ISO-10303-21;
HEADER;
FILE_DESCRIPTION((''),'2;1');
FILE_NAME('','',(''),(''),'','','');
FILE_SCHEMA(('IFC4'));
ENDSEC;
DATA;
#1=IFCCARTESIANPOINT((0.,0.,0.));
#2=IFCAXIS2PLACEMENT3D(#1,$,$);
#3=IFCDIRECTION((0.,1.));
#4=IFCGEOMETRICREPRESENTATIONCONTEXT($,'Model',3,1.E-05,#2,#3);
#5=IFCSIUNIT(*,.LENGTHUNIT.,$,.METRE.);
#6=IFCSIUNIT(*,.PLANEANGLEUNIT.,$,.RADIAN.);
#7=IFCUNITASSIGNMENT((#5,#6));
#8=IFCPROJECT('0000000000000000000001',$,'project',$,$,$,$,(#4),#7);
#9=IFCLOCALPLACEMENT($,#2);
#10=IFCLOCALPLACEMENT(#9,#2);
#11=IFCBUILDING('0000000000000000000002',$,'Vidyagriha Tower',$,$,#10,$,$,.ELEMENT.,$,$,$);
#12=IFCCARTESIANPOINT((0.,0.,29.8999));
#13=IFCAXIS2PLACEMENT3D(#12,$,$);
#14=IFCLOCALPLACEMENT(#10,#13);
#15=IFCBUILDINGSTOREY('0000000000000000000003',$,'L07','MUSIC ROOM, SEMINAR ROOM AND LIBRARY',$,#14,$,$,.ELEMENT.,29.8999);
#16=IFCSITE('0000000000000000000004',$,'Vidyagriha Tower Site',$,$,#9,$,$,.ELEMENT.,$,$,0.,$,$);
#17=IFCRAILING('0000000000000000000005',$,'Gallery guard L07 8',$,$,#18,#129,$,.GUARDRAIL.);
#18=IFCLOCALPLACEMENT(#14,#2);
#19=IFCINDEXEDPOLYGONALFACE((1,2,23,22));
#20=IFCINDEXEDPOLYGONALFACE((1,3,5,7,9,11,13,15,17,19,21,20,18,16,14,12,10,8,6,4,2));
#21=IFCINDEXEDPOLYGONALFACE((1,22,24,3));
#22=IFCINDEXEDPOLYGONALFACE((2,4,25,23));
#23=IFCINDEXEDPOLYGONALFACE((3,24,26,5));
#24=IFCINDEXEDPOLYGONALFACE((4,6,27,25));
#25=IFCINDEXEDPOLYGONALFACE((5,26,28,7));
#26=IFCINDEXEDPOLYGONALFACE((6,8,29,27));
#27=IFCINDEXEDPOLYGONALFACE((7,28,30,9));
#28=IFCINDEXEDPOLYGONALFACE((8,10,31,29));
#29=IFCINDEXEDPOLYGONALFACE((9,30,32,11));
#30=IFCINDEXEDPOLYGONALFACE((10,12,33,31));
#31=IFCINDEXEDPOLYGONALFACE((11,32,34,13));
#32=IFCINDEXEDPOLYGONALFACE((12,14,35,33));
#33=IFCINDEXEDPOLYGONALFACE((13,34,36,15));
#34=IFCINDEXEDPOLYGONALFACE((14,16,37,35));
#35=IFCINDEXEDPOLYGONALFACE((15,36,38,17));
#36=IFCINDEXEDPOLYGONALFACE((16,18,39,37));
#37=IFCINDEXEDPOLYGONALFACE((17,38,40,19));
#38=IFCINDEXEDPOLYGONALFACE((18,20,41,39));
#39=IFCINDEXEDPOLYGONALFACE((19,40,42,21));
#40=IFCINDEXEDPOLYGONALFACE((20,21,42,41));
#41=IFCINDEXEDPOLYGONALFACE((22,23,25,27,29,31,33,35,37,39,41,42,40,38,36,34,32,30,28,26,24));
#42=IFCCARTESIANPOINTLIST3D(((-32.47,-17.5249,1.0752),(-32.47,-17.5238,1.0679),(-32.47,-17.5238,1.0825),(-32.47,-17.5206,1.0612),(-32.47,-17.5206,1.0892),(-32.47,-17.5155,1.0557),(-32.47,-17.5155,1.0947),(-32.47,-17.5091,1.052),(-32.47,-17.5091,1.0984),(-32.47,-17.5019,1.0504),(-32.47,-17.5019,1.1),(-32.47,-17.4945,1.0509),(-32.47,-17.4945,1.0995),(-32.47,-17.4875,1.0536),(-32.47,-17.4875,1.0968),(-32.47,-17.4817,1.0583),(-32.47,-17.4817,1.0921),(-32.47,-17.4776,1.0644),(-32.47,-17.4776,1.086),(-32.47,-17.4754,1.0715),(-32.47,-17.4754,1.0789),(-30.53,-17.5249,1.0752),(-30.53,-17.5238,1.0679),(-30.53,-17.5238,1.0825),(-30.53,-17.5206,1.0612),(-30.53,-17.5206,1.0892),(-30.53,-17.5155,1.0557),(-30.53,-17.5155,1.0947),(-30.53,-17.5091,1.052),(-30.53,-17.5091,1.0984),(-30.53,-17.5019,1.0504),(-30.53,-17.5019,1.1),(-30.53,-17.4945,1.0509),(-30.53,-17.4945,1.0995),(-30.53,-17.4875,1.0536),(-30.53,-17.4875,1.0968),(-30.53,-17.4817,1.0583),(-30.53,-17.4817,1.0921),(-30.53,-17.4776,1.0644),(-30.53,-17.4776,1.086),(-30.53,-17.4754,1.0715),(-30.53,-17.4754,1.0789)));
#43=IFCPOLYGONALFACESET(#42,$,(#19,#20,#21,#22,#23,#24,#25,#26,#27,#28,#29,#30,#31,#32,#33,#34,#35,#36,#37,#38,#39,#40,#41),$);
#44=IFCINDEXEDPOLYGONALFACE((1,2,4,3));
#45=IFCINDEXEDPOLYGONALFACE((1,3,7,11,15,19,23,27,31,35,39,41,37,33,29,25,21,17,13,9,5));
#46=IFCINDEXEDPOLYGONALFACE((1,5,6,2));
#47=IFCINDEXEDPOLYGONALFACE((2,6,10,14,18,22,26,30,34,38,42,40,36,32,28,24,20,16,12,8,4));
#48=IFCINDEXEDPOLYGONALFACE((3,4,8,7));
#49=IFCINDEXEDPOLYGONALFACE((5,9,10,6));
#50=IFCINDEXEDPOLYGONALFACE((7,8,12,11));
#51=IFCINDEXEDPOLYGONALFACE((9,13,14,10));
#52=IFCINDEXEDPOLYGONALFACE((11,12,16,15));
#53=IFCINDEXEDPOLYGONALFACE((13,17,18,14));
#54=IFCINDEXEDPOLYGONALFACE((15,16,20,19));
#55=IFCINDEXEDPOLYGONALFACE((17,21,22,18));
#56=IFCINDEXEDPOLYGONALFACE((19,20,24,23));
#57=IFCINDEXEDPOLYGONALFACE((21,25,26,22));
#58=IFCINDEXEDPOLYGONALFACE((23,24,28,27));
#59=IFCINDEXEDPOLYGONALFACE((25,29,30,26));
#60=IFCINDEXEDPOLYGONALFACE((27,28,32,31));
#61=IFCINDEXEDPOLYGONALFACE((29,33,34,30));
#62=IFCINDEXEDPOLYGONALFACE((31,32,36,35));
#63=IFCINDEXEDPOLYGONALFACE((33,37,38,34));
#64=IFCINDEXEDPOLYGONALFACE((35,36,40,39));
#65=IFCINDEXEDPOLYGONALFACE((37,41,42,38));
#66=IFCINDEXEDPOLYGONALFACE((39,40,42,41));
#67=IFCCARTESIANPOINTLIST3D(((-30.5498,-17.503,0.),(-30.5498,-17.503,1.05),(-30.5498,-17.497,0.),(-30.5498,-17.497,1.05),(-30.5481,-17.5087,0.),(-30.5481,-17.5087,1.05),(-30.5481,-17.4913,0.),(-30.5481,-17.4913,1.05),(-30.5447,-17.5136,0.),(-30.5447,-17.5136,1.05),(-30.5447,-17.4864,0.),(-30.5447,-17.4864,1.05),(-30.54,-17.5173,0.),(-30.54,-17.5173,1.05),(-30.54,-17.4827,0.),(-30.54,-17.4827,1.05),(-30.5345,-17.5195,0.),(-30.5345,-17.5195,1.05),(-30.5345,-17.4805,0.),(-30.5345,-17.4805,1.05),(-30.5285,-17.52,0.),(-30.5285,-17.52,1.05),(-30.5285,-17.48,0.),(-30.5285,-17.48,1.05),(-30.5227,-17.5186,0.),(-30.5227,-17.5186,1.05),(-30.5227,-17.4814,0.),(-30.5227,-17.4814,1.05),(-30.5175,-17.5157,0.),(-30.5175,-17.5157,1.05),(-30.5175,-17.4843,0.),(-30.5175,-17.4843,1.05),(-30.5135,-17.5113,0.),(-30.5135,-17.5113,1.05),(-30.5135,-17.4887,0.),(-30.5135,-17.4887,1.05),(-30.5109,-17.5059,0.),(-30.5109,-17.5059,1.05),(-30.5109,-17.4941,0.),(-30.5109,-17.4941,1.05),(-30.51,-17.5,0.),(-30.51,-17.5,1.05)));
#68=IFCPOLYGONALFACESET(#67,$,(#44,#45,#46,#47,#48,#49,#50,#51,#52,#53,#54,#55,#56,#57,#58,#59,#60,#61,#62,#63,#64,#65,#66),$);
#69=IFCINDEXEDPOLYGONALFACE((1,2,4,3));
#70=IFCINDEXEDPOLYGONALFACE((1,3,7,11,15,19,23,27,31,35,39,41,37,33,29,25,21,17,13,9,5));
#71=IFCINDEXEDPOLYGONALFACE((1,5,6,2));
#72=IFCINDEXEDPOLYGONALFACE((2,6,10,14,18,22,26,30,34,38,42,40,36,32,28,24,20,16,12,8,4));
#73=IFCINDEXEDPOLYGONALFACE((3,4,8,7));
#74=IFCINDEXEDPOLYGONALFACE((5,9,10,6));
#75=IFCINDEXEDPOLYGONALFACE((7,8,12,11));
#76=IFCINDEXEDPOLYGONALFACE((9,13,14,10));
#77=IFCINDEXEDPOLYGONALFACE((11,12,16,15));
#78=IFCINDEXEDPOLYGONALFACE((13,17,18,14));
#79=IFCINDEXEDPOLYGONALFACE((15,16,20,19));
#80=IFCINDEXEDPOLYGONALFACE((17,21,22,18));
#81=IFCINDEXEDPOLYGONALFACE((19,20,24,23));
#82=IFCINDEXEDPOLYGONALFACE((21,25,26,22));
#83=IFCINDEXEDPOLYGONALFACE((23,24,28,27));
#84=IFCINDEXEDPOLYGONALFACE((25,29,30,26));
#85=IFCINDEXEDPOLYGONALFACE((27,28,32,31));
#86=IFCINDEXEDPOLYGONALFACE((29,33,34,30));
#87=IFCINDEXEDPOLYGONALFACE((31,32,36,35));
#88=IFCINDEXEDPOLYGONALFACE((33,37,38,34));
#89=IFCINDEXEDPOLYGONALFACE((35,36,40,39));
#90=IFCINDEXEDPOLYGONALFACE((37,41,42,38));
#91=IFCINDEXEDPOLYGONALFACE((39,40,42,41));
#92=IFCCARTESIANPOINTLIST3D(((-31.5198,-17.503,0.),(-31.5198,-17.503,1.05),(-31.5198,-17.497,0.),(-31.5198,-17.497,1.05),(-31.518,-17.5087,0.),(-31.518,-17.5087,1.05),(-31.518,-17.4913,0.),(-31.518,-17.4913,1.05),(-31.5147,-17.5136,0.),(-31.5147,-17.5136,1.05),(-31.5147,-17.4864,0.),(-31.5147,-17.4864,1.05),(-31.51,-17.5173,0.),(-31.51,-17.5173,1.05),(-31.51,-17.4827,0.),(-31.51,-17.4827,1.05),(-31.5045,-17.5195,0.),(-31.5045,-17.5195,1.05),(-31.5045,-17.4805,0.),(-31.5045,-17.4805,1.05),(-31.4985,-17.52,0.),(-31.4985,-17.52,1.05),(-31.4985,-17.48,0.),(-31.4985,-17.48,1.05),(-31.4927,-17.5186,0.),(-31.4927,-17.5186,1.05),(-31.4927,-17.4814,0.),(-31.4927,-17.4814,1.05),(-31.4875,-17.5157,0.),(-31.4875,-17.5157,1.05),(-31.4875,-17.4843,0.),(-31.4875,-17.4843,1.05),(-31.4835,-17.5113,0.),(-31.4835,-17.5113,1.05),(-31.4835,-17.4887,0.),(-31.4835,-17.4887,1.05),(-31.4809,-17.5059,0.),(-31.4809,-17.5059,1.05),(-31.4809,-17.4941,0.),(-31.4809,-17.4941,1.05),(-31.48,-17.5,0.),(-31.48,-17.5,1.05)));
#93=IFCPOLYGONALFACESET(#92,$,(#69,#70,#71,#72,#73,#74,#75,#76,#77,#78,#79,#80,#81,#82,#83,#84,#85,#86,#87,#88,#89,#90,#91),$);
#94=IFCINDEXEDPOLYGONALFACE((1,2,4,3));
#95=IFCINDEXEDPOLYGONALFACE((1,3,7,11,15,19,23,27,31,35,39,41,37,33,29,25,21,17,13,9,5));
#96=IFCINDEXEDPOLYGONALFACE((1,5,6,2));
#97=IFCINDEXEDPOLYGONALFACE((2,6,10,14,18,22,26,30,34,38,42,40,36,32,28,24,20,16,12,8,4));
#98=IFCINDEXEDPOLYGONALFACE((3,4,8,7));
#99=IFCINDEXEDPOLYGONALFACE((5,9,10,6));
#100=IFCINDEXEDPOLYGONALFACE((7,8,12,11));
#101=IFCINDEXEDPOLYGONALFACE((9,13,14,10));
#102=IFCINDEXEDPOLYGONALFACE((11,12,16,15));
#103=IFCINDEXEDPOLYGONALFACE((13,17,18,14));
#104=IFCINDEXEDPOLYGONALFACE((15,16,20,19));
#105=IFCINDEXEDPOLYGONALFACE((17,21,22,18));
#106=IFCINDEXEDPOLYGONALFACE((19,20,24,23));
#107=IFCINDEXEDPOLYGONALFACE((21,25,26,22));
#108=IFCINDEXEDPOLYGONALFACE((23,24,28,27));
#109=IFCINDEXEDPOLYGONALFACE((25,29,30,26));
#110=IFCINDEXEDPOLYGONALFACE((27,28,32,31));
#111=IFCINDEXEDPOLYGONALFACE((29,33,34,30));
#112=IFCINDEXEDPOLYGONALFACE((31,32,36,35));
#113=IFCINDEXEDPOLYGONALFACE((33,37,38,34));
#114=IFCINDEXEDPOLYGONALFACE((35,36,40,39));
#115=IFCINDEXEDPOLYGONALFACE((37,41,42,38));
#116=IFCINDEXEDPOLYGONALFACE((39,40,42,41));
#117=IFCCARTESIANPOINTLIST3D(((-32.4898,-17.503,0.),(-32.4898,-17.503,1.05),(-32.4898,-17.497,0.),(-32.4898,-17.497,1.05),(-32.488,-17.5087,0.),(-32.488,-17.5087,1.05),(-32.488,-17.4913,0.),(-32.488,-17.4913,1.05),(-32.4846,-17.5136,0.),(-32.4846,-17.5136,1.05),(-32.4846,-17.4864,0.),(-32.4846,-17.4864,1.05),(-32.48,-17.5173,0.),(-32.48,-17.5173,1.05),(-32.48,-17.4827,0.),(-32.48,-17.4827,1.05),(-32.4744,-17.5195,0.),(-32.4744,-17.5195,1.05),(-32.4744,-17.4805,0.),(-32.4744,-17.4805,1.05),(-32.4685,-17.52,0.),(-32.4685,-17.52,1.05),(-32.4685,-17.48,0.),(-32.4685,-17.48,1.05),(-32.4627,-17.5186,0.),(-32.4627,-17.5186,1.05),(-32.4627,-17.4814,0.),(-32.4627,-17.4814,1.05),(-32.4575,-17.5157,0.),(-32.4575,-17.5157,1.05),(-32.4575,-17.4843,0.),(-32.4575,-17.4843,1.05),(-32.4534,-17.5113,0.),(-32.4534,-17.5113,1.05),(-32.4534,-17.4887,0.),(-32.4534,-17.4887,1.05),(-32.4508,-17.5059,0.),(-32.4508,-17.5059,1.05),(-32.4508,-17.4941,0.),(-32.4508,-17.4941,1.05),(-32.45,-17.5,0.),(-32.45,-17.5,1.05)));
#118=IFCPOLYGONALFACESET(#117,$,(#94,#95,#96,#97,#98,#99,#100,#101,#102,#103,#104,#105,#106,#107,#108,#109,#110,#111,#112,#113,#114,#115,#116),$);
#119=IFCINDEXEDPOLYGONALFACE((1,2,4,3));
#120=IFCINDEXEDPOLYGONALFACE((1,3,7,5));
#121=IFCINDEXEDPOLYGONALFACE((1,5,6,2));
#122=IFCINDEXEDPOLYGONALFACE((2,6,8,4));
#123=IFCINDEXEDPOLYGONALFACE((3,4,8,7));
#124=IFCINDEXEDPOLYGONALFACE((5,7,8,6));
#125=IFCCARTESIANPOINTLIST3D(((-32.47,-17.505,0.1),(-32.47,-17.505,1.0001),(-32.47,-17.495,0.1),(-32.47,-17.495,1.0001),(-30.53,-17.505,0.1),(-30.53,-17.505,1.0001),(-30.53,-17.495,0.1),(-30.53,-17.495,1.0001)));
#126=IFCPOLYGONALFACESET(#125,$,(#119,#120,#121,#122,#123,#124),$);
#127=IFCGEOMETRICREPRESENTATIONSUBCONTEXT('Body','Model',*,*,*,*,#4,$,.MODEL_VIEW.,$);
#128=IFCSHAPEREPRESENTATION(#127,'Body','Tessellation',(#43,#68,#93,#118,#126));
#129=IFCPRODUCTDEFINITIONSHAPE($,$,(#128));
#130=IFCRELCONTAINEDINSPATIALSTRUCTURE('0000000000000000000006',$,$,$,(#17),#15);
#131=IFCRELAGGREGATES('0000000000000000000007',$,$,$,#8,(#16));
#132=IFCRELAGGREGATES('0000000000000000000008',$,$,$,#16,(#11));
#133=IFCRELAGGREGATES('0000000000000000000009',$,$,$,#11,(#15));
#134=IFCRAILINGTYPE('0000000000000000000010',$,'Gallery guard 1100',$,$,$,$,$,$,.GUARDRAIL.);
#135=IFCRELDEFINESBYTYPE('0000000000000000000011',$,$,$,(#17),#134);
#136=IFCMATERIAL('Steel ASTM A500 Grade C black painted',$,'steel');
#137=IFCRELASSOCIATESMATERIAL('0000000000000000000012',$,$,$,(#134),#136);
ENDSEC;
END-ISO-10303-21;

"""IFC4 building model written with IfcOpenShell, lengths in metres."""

from ifc_helpers import new_model, si_unit, direction, frame, origin, origin_2d, place, context, subcontext, project, spatial, rectangle, circle, extrude, material, type_object, element, save


model = new_model("IFC4")

# Units and contexts
model_context = context("Model", 3, precision=1e-05, world=origin(), true_north=direction((0.0, 1.0)))
body_context = subcontext(model_context, "Body", "Model", "MODEL_VIEW")
ifc_project = project(units=[si_unit("LENGTHUNIT", "METRE"), si_unit("PLANEANGLEUNIT", "RADIAN")], contexts=[model_context])

# Site, building, storey
site_placement = place(None, origin())
site = spatial("IfcSite", under=ifc_project, at=site_placement, Name="Vidyagriha Tower Site", CompositionType="ELEMENT", RefElevation=0.0)
building_placement = place(site_placement, origin())
building = spatial("IfcBuilding", under=site, at=building_placement, Name="Vidyagriha Tower", CompositionType="ELEMENT")
storey_placement = place(building_placement, frame((0.0, 0.0, 29.8999)))
storey = spatial("IfcBuildingStorey", under=building, at=storey_placement, Name="L07", Description="MUSIC ROOM, SEMINAR ROOM AND LIBRARY", CompositionType="ELEMENT", Elevation=29.8999)

# Railing
ifc_material_1 = material(Name="Steel ASTM A500 Grade C black painted", Category="steel")
railing_type = type_object("IfcRailingType", Name="Gallery guard 1100", PredefinedType="GUARDRAIL", material=ifc_material_1)
railing_1_placement = place(storey_placement, frame((-30.53, -17.5, 0.0)))
element("IfcRailing", 1, at=railing_1_placement, inside=storey, type_object=railing_type, Name="Gallery guard L07 8", PredefinedType="GUARDRAIL", context=body_context, shape_type="SweptSolid", body=[
    extrude(circle(Radius=0.0249, at=origin_2d()), frame((0.0, 0.0, 1.0752), z_axis=(-1.0, 0.0, 0.0), x_axis=(0.0, -1.0, 0.0)), (0.0, 0.0, 1.0), 1.9399),
    extrude(circle(Radius=0.02, at=origin_2d()), origin(), (0.0, 0.0, 1.0), 1.05),
    extrude(circle(Radius=0.02, at=origin_2d()), frame((-0.97, 0.0, 0.0)), (0.0, 0.0, 1.0), 1.05),
    extrude(circle(Radius=0.02, at=origin_2d()), frame((-1.9399, 0.0, 0.0)), (0.0, 0.0, 1.0), 1.05),
    extrude(rectangle(XDim=0.01, YDim=0.9001, at=origin_2d()), frame((0.0, 0.0, 0.55), z_axis=(-1.0, 0.0, 0.0), x_axis=(0.0, -1.0, 0.0)), (0.0, 0.0, 1.0), 1.9399),
])

save(model, "model.ifc")
